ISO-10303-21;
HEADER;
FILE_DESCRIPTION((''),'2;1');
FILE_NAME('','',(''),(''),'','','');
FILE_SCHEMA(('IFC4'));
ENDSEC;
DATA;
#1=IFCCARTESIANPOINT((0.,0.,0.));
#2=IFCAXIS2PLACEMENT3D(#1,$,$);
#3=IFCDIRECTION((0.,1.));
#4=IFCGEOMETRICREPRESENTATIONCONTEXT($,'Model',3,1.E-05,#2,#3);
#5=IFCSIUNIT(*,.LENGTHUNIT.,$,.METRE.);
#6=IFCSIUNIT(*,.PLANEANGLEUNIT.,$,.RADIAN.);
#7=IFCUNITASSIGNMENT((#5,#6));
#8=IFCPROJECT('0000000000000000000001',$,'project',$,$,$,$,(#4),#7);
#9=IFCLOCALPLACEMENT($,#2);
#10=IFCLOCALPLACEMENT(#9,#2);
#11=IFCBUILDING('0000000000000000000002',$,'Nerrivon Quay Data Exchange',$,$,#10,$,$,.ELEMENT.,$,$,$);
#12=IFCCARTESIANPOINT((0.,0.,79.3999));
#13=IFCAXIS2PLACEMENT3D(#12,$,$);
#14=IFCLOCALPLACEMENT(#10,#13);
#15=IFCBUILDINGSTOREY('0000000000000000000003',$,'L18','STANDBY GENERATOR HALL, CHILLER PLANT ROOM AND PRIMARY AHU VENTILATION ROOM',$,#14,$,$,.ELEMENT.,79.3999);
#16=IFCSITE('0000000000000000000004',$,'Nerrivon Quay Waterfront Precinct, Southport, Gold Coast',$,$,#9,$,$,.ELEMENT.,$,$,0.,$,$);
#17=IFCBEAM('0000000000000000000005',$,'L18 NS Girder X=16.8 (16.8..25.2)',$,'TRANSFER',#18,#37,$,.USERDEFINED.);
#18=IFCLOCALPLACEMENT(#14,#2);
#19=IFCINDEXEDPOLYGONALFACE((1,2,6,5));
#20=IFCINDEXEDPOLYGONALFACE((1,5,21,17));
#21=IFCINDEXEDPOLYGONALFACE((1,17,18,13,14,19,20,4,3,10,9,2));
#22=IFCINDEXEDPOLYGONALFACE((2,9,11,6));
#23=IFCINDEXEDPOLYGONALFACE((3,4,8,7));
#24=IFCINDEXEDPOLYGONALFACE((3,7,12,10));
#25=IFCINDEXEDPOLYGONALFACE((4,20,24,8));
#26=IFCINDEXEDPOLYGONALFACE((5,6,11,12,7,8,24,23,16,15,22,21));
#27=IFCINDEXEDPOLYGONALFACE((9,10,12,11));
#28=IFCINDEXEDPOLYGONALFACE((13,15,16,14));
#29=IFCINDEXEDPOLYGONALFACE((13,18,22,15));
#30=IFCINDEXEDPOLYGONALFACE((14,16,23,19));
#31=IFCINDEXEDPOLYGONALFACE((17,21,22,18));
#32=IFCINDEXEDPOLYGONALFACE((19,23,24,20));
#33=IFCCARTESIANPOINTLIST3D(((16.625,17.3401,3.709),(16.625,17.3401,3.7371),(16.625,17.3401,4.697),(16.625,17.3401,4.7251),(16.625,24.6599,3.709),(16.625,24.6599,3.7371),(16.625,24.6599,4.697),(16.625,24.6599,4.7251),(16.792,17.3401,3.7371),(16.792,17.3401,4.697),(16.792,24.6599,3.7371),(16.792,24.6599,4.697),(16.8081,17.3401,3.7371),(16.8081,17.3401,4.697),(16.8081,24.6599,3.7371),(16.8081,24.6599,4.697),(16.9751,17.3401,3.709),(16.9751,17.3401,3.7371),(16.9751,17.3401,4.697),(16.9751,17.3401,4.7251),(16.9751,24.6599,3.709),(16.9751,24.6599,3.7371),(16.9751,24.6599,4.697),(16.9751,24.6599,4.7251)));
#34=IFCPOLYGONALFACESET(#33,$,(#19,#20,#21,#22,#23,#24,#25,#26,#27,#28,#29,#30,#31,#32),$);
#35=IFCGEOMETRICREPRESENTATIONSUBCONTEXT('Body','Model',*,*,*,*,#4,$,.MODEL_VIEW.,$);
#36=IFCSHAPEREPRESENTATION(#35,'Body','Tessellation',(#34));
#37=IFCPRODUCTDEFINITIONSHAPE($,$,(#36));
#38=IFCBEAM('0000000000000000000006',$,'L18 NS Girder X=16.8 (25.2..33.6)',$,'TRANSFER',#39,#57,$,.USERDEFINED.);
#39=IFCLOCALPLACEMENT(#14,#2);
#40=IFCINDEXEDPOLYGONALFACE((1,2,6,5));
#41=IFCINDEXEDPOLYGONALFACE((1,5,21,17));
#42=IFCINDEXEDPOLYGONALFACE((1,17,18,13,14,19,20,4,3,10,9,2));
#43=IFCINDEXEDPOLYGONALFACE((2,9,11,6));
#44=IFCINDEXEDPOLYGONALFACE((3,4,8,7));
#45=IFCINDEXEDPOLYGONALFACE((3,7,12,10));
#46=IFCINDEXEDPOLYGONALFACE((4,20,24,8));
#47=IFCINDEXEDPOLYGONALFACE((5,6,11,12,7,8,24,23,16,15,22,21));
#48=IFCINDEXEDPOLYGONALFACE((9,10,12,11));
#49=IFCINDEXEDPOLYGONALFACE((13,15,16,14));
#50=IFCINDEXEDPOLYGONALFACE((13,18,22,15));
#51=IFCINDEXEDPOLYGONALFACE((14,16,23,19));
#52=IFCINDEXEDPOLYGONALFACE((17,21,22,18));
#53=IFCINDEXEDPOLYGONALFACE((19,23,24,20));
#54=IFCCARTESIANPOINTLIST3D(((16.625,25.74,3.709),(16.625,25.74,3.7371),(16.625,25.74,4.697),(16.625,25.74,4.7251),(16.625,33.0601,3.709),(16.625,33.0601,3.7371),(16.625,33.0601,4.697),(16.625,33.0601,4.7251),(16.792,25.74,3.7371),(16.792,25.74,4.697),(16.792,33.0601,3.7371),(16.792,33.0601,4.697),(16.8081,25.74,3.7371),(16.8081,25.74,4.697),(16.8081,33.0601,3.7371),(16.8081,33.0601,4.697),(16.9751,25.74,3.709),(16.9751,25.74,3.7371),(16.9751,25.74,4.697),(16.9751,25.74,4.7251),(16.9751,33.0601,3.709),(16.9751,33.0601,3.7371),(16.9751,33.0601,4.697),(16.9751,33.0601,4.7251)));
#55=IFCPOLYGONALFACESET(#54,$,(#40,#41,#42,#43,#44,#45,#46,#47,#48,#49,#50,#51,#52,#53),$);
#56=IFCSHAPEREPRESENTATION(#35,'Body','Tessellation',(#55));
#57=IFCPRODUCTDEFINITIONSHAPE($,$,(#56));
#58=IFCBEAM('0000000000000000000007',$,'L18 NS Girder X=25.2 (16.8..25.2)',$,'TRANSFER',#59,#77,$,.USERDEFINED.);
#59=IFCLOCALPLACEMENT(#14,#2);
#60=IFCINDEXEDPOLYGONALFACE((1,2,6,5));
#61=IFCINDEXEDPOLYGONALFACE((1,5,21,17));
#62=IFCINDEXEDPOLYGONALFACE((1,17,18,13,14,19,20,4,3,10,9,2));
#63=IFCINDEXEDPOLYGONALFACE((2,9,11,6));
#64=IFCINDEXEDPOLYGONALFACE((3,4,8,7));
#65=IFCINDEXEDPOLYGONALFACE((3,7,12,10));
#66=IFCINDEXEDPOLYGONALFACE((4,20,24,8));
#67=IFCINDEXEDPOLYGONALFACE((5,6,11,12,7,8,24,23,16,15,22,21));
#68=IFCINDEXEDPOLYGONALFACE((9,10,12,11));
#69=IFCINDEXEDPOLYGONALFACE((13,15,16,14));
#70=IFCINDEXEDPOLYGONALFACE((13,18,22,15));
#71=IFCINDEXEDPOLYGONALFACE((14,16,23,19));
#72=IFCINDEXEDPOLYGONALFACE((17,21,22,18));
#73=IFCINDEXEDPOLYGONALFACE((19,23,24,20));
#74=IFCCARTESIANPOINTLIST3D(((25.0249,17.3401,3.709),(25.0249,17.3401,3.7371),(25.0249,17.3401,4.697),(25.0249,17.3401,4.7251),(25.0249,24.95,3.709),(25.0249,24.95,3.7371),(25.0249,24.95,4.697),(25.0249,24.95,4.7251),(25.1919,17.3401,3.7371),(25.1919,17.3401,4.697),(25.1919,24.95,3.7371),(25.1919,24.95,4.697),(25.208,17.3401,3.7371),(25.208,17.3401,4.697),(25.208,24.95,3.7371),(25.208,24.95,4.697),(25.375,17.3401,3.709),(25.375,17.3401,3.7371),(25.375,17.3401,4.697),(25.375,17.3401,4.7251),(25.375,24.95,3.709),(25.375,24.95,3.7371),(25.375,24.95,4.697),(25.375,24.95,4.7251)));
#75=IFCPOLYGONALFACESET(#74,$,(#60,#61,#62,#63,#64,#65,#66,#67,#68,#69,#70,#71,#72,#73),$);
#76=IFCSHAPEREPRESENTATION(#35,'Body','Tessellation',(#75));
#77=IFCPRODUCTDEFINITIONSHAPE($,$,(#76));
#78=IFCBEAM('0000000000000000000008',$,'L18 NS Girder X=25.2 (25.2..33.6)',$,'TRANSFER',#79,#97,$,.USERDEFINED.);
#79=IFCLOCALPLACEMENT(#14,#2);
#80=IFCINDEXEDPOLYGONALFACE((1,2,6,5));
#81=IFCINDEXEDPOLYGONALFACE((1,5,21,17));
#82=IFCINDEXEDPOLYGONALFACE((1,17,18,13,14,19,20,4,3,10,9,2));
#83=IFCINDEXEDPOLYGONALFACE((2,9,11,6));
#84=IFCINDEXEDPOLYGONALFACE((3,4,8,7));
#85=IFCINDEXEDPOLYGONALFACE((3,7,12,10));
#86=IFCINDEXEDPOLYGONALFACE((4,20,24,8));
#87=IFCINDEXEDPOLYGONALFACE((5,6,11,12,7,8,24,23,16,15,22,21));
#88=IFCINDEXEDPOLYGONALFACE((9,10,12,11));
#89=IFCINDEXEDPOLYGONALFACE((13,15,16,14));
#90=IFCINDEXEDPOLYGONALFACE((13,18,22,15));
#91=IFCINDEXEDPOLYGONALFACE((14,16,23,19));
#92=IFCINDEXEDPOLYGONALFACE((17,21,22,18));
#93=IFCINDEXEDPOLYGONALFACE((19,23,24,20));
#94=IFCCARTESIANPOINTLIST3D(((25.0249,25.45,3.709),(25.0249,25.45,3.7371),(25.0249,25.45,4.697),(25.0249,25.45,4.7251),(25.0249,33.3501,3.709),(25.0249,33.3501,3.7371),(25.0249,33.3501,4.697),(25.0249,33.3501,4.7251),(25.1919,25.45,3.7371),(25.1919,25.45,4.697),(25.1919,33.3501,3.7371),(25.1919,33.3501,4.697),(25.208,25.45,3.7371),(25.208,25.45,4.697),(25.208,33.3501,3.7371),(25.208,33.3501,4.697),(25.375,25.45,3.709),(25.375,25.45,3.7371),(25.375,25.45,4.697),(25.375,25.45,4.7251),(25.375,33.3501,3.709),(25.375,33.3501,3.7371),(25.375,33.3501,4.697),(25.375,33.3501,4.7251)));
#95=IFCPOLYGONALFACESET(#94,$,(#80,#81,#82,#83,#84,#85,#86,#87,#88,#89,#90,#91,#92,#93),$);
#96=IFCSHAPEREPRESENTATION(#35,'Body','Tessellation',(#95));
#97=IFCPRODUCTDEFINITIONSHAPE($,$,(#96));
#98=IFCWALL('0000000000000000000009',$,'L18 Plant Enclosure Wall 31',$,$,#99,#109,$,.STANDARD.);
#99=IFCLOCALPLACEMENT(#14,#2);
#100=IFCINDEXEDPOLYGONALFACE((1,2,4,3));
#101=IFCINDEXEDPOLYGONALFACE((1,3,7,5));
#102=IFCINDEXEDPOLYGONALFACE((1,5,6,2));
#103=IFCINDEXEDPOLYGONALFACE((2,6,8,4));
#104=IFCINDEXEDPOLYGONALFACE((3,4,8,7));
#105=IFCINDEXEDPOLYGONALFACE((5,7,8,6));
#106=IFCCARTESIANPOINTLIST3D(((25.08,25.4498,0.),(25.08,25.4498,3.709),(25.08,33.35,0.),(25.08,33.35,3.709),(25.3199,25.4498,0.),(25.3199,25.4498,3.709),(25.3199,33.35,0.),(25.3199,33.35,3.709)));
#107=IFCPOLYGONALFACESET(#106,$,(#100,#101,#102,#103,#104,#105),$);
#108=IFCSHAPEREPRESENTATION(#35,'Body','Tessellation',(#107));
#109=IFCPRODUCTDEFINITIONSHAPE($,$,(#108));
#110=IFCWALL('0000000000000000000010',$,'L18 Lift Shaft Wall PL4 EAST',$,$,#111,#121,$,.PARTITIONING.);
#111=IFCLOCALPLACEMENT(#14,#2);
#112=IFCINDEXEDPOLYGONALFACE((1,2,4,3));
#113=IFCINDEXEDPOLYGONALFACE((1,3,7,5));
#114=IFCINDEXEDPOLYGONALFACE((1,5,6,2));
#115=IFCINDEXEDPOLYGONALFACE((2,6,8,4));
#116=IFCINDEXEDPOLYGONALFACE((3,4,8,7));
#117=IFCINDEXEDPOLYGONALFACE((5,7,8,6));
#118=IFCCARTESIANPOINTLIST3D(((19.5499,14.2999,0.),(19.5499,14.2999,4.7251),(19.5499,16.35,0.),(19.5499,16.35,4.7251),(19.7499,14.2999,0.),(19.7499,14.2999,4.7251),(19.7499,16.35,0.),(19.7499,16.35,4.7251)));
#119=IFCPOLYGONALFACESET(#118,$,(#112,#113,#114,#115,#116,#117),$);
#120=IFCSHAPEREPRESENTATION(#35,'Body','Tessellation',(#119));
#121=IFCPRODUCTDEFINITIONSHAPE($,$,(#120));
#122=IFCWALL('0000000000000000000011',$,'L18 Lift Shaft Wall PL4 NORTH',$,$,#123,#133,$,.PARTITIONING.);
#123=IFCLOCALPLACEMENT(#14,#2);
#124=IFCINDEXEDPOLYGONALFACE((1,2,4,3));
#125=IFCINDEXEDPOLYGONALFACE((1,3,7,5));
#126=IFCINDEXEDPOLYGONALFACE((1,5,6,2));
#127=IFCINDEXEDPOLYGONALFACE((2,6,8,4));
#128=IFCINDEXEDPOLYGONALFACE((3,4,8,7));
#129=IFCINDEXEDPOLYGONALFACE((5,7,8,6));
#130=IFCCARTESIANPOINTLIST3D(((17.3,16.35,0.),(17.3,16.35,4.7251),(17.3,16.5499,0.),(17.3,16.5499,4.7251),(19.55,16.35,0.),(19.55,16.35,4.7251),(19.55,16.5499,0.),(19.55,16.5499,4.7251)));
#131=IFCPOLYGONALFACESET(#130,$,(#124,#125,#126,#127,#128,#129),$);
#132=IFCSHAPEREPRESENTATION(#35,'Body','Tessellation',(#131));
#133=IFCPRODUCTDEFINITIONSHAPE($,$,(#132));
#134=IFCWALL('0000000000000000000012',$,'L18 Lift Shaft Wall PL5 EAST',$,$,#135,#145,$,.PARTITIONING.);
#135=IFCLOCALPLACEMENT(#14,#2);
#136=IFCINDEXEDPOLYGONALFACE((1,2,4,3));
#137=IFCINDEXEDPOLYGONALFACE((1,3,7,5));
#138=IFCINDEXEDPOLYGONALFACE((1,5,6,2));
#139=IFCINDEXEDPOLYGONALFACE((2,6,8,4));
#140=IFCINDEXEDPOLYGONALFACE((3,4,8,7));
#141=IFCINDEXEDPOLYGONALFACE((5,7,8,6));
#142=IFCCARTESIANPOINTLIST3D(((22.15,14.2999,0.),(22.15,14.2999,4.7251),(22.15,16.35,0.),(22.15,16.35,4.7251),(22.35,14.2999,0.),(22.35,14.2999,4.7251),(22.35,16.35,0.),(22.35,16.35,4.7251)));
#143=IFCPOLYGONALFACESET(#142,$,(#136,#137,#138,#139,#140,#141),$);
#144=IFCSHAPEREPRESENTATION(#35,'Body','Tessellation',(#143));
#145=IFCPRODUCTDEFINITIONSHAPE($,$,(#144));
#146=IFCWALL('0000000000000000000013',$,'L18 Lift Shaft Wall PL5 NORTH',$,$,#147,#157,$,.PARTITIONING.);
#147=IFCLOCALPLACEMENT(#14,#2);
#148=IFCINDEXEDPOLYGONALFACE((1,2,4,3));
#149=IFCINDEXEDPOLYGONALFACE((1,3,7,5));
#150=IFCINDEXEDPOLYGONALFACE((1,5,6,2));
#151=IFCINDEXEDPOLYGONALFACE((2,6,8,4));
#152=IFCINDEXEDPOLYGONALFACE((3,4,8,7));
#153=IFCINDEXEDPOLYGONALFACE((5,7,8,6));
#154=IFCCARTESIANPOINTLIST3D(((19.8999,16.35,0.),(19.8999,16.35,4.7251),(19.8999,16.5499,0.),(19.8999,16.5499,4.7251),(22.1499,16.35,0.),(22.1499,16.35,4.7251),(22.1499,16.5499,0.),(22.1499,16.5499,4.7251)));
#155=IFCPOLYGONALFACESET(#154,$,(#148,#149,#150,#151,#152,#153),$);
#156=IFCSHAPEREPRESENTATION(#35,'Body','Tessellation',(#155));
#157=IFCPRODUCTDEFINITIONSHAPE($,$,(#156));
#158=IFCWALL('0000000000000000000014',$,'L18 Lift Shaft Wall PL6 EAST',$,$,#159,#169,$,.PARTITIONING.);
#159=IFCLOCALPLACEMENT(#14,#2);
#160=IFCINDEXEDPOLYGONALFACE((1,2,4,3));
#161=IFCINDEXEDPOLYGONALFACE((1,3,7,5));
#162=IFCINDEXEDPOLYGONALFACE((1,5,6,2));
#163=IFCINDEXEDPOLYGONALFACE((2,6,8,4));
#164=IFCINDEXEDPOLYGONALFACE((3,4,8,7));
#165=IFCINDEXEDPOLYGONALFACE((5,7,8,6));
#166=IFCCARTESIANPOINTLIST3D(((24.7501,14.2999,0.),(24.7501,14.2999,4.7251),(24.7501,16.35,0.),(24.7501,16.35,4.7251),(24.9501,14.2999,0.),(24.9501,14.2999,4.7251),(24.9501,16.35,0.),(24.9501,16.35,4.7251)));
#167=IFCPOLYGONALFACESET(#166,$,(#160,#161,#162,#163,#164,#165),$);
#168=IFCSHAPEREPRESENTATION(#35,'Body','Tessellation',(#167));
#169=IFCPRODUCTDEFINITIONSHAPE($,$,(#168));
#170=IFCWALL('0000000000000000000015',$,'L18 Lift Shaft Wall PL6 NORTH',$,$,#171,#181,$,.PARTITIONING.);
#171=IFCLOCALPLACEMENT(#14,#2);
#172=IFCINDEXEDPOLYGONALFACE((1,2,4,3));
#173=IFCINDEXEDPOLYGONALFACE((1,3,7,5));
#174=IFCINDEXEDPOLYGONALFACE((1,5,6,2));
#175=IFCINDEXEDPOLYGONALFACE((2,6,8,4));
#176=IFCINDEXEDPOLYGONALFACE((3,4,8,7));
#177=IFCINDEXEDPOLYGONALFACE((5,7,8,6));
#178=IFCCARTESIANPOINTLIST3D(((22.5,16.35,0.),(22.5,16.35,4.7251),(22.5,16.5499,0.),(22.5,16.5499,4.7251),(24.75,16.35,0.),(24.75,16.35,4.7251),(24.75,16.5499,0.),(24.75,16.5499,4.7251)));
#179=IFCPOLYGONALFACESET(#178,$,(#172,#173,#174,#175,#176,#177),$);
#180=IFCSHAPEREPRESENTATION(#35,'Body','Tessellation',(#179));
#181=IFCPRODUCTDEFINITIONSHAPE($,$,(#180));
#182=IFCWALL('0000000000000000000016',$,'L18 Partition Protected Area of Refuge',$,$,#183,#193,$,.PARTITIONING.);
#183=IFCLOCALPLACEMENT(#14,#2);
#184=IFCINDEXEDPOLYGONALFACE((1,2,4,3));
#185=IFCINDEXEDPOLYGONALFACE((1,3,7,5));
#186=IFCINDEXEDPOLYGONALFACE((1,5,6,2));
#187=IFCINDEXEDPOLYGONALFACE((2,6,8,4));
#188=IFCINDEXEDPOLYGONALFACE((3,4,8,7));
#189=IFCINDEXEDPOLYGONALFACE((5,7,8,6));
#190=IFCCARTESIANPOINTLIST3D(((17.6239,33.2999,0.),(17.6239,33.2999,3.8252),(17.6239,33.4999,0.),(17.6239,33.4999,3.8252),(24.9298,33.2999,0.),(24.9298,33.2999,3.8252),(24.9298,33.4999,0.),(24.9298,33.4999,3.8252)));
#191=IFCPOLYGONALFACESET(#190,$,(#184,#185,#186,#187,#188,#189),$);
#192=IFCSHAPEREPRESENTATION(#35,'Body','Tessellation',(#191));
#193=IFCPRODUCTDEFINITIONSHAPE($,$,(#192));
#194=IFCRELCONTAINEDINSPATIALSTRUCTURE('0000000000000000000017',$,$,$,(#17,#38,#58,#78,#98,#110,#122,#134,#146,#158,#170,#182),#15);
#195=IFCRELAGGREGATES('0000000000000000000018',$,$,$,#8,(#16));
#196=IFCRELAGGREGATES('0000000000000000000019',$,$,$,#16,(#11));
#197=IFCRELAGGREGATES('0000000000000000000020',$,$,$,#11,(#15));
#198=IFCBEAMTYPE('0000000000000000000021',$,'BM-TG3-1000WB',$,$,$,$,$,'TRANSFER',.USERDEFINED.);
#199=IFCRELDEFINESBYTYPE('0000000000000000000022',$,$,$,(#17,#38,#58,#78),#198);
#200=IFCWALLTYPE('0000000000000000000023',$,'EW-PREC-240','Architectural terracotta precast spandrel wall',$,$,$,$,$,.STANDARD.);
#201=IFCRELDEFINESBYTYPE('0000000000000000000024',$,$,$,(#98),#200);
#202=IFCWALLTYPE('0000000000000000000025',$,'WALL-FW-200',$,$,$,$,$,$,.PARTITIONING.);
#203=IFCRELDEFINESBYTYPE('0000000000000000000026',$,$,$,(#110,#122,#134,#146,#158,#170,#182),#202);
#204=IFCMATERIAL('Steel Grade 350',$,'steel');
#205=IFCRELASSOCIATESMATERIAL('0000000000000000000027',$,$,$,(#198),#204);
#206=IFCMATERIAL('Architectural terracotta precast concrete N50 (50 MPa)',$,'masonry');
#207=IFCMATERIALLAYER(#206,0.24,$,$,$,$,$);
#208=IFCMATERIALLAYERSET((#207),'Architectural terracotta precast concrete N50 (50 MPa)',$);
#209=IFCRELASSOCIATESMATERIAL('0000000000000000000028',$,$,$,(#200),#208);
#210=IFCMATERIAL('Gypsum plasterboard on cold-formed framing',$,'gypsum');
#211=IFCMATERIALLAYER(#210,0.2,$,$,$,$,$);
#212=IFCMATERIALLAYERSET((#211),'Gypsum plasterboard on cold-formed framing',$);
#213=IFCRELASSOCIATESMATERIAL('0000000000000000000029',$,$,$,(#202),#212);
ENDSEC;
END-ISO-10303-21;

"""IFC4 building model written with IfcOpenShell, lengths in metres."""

from ifc_helpers import new_model, si_unit, direction, frame, frame_2d, origin, origin_2d, place, context, subcontext, project, spatial, rectangle, i_section, extrude, material, layer, layer_set, material_profile, profile_set, type_object, element, save


model = new_model("IFC4")

# Units and contexts
model_context = context("Model", 3, precision=1e-05, world=origin(), true_north=direction((0.0, 1.0)))
body_context = subcontext(model_context, "Body", "Model", "MODEL_VIEW")
ifc_project = project(units=[si_unit("LENGTHUNIT", "METRE"), si_unit("PLANEANGLEUNIT", "RADIAN")], contexts=[model_context])

# Site, building, storey
site_placement = place(None, origin())
site = spatial("IfcSite", under=ifc_project, at=site_placement, Name="Nerrivon Quay Waterfront Precinct, Southport, Gold Coast", CompositionType="ELEMENT", RefElevation=0.0)
building_placement = place(site_placement, origin())
building = spatial("IfcBuilding", under=site, at=building_placement, Name="Nerrivon Quay Data Exchange", CompositionType="ELEMENT")
storey_placement = place(building_placement, frame((0.0, 0.0, 79.3999)))
storey = spatial("IfcBuildingStorey", under=building, at=storey_placement, Name="L18", Description="STANDBY GENERATOR HALL, CHILLER PLANT ROOM AND PRIMARY AHU VENTILATION ROOM", CompositionType="ELEMENT", Elevation=79.3999)

# Shared definitions
ifc_material_1 = material(Name="Steel Grade 350", Category="steel")

# Beams
ifc_material_profile_1 = material_profile(ifc_material_1, i_section(OverallWidth=0.3501, OverallDepth=1.0161, WebThickness=0.0161, FlangeThickness=0.0281, at=origin_2d()), Name="1000WB258")
ifc_profile_set_1 = profile_set([ifc_material_profile_1], Name="Steel Grade 350")
beam_type_1 = type_object("IfcBeamType", Name="BM-TG3-1000WB", ElementType="TRANSFER", PredefinedType="USERDEFINED", material=ifc_profile_set_1)
beam_1_placement = place(storey_placement, frame((16.8, 17.3401, 4.217), z_axis=(0.0, 1.0, 0.0), x_axis=(-1.0, 0.0, 0.0)))
element("IfcBeam", 1, at=beam_1_placement, inside=storey, type_object=beam_type_1, Name="L18 NS Girder X=16.8 (16.8..25.2)", ObjectType="TRANSFER", PredefinedType="USERDEFINED", context=body_context, shape_type="SweptSolid", body=[
    extrude(i_section(OverallWidth=0.3501, OverallDepth=1.0161, WebThickness=0.0161, FlangeThickness=0.0281, at=origin_2d()), origin(), (0.0, 0.0, 1.0), 7.3198),
])
beam_2_placement = place(storey_placement, frame((16.8, 25.74, 4.217), z_axis=(0.0, 1.0, 0.0), x_axis=(-1.0, 0.0, 0.0)))
element("IfcBeam", 2, at=beam_2_placement, inside=storey, type_object=beam_type_1, Name="L18 NS Girder X=16.8 (25.2..33.6)", ObjectType="TRANSFER", PredefinedType="USERDEFINED", context=body_context, shape_type="SweptSolid", body=[
    extrude(i_section(OverallWidth=0.3501, OverallDepth=1.0161, WebThickness=0.0161, FlangeThickness=0.0281, at=origin_2d()), origin(), (0.0, 0.0, 1.0), 7.3201),
])
beam_3_placement = place(storey_placement, frame((25.2, 17.3401, 4.217), z_axis=(0.0, 1.0, 0.0), x_axis=(-1.0, 0.0, 0.0)))
element("IfcBeam", 3, at=beam_3_placement, inside=storey, type_object=beam_type_1, Name="L18 NS Girder X=25.2 (16.8..25.2)", ObjectType="TRANSFER", PredefinedType="USERDEFINED", context=body_context, shape_type="SweptSolid", body=[
    extrude(i_section(OverallWidth=0.3501, OverallDepth=1.0161, WebThickness=0.0161, FlangeThickness=0.0281, at=origin_2d()), origin(), (0.0, 0.0, 1.0), 7.6099),
])
beam_4_placement = place(storey_placement, frame((25.2, 25.45, 4.217), z_axis=(0.0, 1.0, 0.0), x_axis=(-1.0, 0.0, 0.0)))
element("IfcBeam", 4, at=beam_4_placement, inside=storey, type_object=beam_type_1, Name="L18 NS Girder X=25.2 (25.2..33.6)", ObjectType="TRANSFER", PredefinedType="USERDEFINED", context=body_context, shape_type="SweptSolid", body=[
    extrude(i_section(OverallWidth=0.3501, OverallDepth=1.0161, WebThickness=0.0161, FlangeThickness=0.0281, at=origin_2d()), origin(), (0.0, 0.0, 1.0), 7.9001),
])

# Walls
ifc_material_2 = material(Name="Architectural terracotta precast concrete N50 (50 MPa)", Category="masonry")
ifc_layer_1 = layer(ifc_material_2, 0.24)
ifc_layer_set_1 = layer_set([ifc_layer_1], Name="Architectural terracotta precast concrete N50 (50 MPa)")
wall_type_1 = type_object("IfcWallType", Name="EW-PREC-240", Description="Architectural terracotta precast spandrel wall", PredefinedType="STANDARD", material=ifc_layer_set_1)
wall_1_placement = place(storey_placement, frame((25.2, 33.3501, 0.0), z_axis=(0.0, 0.0, 1.0), x_axis=(0.0, -1.0, 0.0)))
element("IfcWall", 5, at=wall_1_placement, inside=storey, type_object=wall_type_1, Name="L18 Plant Enclosure Wall 31", PredefinedType="STANDARD", context=body_context, shape_type="SweptSolid", body=[
    extrude(rectangle(XDim=7.9001, YDim=0.24, at=frame_2d((3.9502, 0.0))), origin(), (0.0, 0.0, 1.0), 3.709),
])
ifc_material_3 = material(Name="Gypsum plasterboard on cold-formed framing", Category="gypsum")
ifc_layer_2 = layer(ifc_material_3, 0.2)
ifc_layer_set_2 = layer_set([ifc_layer_2], Name="Gypsum plasterboard on cold-formed framing")
wall_type_2 = type_object("IfcWallType", Name="WALL-FW-200", PredefinedType="PARTITIONING", material=ifc_layer_set_2)
wall_2_placement = place(storey_placement, frame((19.6499, 14.3, 0.0), z_axis=(0.0, 0.0, 1.0), x_axis=(0.0, 1.0, 0.0)))
element("IfcWall", 6, at=wall_2_placement, inside=storey, type_object=wall_type_2, Name="L18 Lift Shaft Wall PL4 EAST", PredefinedType="PARTITIONING", context=body_context, shape_type="SweptSolid", body=[
    extrude(rectangle(XDim=2.05, YDim=0.2, at=frame_2d((1.0249, 0.0))), origin(), (0.0, 0.0, 1.0), 4.7251),
])
wall_3_placement = place(storey_placement, frame((17.3, 16.45, 0.0), z_axis=(0.0, 0.0, 1.0), x_axis=(1.0, 0.0, 0.0)))
element("IfcWall", 7, at=wall_3_placement, inside=storey, type_object=wall_type_2, Name="L18 Lift Shaft Wall PL4 NORTH", PredefinedType="PARTITIONING", context=body_context, shape_type="SweptSolid", body=[
    extrude(rectangle(XDim=2.25, YDim=0.2, at=frame_2d((1.125, 0.0))), origin(), (0.0, 0.0, 1.0), 4.7251),
])
wall_4_placement = place(storey_placement, frame((22.25, 14.3, 0.0), z_axis=(0.0, 0.0, 1.0), x_axis=(0.0, 1.0, 0.0)))
element("IfcWall", 8, at=wall_4_placement, inside=storey, type_object=wall_type_2, Name="L18 Lift Shaft Wall PL5 EAST", PredefinedType="PARTITIONING", context=body_context, shape_type="SweptSolid", body=[
    extrude(rectangle(XDim=2.05, YDim=0.2, at=frame_2d((1.0249, 0.0))), origin(), (0.0, 0.0, 1.0), 4.7251),
])
wall_5_placement = place(storey_placement, frame((19.8999, 16.45, 0.0), z_axis=(0.0, 0.0, 1.0), x_axis=(1.0, 0.0, 0.0)))
element("IfcWall", 9, at=wall_5_placement, inside=storey, type_object=wall_type_2, Name="L18 Lift Shaft Wall PL5 NORTH", PredefinedType="PARTITIONING", context=body_context, shape_type="SweptSolid", body=[
    extrude(rectangle(XDim=2.25, YDim=0.2, at=frame_2d((1.125, 0.0))), origin(), (0.0, 0.0, 1.0), 4.7251),
])
wall_6_placement = place(storey_placement, frame((24.8501, 14.3, 0.0), z_axis=(0.0, 0.0, 1.0), x_axis=(0.0, 1.0, 0.0)))
element("IfcWall", 10, at=wall_6_placement, inside=storey, type_object=wall_type_2, Name="L18 Lift Shaft Wall PL6 EAST", PredefinedType="PARTITIONING", context=body_context, shape_type="SweptSolid", body=[
    extrude(rectangle(XDim=2.05, YDim=0.2, at=frame_2d((1.0249, 0.0))), origin(), (0.0, 0.0, 1.0), 4.7251),
])
wall_7_placement = place(storey_placement, frame((22.5, 16.45, 0.0), z_axis=(0.0, 0.0, 1.0), x_axis=(1.0, 0.0, 0.0)))
element("IfcWall", 11, at=wall_7_placement, inside=storey, type_object=wall_type_2, Name="L18 Lift Shaft Wall PL6 NORTH", PredefinedType="PARTITIONING", context=body_context, shape_type="SweptSolid", body=[
    extrude(rectangle(XDim=2.25, YDim=0.2, at=frame_2d((1.125, 0.0))), origin(), (0.0, 0.0, 1.0), 4.7251),
])
wall_8_placement = place(storey_placement, frame((17.624, 33.3999, 0.0), z_axis=(0.0, 0.0, 1.0), x_axis=(1.0, 0.0, 0.0)))
element("IfcWall", 12, at=wall_8_placement, inside=storey, type_object=wall_type_2, Name="L18 Partition Protected Area of Refuge", PredefinedType="PARTITIONING", context=body_context, shape_type="SweptSolid", body=[
    extrude(rectangle(XDim=7.3059, YDim=0.2, at=frame_2d((3.6528, 0.0))), origin(), (0.0, 0.0, 1.0), 3.8252),
])

save(model, "model.ifc")
